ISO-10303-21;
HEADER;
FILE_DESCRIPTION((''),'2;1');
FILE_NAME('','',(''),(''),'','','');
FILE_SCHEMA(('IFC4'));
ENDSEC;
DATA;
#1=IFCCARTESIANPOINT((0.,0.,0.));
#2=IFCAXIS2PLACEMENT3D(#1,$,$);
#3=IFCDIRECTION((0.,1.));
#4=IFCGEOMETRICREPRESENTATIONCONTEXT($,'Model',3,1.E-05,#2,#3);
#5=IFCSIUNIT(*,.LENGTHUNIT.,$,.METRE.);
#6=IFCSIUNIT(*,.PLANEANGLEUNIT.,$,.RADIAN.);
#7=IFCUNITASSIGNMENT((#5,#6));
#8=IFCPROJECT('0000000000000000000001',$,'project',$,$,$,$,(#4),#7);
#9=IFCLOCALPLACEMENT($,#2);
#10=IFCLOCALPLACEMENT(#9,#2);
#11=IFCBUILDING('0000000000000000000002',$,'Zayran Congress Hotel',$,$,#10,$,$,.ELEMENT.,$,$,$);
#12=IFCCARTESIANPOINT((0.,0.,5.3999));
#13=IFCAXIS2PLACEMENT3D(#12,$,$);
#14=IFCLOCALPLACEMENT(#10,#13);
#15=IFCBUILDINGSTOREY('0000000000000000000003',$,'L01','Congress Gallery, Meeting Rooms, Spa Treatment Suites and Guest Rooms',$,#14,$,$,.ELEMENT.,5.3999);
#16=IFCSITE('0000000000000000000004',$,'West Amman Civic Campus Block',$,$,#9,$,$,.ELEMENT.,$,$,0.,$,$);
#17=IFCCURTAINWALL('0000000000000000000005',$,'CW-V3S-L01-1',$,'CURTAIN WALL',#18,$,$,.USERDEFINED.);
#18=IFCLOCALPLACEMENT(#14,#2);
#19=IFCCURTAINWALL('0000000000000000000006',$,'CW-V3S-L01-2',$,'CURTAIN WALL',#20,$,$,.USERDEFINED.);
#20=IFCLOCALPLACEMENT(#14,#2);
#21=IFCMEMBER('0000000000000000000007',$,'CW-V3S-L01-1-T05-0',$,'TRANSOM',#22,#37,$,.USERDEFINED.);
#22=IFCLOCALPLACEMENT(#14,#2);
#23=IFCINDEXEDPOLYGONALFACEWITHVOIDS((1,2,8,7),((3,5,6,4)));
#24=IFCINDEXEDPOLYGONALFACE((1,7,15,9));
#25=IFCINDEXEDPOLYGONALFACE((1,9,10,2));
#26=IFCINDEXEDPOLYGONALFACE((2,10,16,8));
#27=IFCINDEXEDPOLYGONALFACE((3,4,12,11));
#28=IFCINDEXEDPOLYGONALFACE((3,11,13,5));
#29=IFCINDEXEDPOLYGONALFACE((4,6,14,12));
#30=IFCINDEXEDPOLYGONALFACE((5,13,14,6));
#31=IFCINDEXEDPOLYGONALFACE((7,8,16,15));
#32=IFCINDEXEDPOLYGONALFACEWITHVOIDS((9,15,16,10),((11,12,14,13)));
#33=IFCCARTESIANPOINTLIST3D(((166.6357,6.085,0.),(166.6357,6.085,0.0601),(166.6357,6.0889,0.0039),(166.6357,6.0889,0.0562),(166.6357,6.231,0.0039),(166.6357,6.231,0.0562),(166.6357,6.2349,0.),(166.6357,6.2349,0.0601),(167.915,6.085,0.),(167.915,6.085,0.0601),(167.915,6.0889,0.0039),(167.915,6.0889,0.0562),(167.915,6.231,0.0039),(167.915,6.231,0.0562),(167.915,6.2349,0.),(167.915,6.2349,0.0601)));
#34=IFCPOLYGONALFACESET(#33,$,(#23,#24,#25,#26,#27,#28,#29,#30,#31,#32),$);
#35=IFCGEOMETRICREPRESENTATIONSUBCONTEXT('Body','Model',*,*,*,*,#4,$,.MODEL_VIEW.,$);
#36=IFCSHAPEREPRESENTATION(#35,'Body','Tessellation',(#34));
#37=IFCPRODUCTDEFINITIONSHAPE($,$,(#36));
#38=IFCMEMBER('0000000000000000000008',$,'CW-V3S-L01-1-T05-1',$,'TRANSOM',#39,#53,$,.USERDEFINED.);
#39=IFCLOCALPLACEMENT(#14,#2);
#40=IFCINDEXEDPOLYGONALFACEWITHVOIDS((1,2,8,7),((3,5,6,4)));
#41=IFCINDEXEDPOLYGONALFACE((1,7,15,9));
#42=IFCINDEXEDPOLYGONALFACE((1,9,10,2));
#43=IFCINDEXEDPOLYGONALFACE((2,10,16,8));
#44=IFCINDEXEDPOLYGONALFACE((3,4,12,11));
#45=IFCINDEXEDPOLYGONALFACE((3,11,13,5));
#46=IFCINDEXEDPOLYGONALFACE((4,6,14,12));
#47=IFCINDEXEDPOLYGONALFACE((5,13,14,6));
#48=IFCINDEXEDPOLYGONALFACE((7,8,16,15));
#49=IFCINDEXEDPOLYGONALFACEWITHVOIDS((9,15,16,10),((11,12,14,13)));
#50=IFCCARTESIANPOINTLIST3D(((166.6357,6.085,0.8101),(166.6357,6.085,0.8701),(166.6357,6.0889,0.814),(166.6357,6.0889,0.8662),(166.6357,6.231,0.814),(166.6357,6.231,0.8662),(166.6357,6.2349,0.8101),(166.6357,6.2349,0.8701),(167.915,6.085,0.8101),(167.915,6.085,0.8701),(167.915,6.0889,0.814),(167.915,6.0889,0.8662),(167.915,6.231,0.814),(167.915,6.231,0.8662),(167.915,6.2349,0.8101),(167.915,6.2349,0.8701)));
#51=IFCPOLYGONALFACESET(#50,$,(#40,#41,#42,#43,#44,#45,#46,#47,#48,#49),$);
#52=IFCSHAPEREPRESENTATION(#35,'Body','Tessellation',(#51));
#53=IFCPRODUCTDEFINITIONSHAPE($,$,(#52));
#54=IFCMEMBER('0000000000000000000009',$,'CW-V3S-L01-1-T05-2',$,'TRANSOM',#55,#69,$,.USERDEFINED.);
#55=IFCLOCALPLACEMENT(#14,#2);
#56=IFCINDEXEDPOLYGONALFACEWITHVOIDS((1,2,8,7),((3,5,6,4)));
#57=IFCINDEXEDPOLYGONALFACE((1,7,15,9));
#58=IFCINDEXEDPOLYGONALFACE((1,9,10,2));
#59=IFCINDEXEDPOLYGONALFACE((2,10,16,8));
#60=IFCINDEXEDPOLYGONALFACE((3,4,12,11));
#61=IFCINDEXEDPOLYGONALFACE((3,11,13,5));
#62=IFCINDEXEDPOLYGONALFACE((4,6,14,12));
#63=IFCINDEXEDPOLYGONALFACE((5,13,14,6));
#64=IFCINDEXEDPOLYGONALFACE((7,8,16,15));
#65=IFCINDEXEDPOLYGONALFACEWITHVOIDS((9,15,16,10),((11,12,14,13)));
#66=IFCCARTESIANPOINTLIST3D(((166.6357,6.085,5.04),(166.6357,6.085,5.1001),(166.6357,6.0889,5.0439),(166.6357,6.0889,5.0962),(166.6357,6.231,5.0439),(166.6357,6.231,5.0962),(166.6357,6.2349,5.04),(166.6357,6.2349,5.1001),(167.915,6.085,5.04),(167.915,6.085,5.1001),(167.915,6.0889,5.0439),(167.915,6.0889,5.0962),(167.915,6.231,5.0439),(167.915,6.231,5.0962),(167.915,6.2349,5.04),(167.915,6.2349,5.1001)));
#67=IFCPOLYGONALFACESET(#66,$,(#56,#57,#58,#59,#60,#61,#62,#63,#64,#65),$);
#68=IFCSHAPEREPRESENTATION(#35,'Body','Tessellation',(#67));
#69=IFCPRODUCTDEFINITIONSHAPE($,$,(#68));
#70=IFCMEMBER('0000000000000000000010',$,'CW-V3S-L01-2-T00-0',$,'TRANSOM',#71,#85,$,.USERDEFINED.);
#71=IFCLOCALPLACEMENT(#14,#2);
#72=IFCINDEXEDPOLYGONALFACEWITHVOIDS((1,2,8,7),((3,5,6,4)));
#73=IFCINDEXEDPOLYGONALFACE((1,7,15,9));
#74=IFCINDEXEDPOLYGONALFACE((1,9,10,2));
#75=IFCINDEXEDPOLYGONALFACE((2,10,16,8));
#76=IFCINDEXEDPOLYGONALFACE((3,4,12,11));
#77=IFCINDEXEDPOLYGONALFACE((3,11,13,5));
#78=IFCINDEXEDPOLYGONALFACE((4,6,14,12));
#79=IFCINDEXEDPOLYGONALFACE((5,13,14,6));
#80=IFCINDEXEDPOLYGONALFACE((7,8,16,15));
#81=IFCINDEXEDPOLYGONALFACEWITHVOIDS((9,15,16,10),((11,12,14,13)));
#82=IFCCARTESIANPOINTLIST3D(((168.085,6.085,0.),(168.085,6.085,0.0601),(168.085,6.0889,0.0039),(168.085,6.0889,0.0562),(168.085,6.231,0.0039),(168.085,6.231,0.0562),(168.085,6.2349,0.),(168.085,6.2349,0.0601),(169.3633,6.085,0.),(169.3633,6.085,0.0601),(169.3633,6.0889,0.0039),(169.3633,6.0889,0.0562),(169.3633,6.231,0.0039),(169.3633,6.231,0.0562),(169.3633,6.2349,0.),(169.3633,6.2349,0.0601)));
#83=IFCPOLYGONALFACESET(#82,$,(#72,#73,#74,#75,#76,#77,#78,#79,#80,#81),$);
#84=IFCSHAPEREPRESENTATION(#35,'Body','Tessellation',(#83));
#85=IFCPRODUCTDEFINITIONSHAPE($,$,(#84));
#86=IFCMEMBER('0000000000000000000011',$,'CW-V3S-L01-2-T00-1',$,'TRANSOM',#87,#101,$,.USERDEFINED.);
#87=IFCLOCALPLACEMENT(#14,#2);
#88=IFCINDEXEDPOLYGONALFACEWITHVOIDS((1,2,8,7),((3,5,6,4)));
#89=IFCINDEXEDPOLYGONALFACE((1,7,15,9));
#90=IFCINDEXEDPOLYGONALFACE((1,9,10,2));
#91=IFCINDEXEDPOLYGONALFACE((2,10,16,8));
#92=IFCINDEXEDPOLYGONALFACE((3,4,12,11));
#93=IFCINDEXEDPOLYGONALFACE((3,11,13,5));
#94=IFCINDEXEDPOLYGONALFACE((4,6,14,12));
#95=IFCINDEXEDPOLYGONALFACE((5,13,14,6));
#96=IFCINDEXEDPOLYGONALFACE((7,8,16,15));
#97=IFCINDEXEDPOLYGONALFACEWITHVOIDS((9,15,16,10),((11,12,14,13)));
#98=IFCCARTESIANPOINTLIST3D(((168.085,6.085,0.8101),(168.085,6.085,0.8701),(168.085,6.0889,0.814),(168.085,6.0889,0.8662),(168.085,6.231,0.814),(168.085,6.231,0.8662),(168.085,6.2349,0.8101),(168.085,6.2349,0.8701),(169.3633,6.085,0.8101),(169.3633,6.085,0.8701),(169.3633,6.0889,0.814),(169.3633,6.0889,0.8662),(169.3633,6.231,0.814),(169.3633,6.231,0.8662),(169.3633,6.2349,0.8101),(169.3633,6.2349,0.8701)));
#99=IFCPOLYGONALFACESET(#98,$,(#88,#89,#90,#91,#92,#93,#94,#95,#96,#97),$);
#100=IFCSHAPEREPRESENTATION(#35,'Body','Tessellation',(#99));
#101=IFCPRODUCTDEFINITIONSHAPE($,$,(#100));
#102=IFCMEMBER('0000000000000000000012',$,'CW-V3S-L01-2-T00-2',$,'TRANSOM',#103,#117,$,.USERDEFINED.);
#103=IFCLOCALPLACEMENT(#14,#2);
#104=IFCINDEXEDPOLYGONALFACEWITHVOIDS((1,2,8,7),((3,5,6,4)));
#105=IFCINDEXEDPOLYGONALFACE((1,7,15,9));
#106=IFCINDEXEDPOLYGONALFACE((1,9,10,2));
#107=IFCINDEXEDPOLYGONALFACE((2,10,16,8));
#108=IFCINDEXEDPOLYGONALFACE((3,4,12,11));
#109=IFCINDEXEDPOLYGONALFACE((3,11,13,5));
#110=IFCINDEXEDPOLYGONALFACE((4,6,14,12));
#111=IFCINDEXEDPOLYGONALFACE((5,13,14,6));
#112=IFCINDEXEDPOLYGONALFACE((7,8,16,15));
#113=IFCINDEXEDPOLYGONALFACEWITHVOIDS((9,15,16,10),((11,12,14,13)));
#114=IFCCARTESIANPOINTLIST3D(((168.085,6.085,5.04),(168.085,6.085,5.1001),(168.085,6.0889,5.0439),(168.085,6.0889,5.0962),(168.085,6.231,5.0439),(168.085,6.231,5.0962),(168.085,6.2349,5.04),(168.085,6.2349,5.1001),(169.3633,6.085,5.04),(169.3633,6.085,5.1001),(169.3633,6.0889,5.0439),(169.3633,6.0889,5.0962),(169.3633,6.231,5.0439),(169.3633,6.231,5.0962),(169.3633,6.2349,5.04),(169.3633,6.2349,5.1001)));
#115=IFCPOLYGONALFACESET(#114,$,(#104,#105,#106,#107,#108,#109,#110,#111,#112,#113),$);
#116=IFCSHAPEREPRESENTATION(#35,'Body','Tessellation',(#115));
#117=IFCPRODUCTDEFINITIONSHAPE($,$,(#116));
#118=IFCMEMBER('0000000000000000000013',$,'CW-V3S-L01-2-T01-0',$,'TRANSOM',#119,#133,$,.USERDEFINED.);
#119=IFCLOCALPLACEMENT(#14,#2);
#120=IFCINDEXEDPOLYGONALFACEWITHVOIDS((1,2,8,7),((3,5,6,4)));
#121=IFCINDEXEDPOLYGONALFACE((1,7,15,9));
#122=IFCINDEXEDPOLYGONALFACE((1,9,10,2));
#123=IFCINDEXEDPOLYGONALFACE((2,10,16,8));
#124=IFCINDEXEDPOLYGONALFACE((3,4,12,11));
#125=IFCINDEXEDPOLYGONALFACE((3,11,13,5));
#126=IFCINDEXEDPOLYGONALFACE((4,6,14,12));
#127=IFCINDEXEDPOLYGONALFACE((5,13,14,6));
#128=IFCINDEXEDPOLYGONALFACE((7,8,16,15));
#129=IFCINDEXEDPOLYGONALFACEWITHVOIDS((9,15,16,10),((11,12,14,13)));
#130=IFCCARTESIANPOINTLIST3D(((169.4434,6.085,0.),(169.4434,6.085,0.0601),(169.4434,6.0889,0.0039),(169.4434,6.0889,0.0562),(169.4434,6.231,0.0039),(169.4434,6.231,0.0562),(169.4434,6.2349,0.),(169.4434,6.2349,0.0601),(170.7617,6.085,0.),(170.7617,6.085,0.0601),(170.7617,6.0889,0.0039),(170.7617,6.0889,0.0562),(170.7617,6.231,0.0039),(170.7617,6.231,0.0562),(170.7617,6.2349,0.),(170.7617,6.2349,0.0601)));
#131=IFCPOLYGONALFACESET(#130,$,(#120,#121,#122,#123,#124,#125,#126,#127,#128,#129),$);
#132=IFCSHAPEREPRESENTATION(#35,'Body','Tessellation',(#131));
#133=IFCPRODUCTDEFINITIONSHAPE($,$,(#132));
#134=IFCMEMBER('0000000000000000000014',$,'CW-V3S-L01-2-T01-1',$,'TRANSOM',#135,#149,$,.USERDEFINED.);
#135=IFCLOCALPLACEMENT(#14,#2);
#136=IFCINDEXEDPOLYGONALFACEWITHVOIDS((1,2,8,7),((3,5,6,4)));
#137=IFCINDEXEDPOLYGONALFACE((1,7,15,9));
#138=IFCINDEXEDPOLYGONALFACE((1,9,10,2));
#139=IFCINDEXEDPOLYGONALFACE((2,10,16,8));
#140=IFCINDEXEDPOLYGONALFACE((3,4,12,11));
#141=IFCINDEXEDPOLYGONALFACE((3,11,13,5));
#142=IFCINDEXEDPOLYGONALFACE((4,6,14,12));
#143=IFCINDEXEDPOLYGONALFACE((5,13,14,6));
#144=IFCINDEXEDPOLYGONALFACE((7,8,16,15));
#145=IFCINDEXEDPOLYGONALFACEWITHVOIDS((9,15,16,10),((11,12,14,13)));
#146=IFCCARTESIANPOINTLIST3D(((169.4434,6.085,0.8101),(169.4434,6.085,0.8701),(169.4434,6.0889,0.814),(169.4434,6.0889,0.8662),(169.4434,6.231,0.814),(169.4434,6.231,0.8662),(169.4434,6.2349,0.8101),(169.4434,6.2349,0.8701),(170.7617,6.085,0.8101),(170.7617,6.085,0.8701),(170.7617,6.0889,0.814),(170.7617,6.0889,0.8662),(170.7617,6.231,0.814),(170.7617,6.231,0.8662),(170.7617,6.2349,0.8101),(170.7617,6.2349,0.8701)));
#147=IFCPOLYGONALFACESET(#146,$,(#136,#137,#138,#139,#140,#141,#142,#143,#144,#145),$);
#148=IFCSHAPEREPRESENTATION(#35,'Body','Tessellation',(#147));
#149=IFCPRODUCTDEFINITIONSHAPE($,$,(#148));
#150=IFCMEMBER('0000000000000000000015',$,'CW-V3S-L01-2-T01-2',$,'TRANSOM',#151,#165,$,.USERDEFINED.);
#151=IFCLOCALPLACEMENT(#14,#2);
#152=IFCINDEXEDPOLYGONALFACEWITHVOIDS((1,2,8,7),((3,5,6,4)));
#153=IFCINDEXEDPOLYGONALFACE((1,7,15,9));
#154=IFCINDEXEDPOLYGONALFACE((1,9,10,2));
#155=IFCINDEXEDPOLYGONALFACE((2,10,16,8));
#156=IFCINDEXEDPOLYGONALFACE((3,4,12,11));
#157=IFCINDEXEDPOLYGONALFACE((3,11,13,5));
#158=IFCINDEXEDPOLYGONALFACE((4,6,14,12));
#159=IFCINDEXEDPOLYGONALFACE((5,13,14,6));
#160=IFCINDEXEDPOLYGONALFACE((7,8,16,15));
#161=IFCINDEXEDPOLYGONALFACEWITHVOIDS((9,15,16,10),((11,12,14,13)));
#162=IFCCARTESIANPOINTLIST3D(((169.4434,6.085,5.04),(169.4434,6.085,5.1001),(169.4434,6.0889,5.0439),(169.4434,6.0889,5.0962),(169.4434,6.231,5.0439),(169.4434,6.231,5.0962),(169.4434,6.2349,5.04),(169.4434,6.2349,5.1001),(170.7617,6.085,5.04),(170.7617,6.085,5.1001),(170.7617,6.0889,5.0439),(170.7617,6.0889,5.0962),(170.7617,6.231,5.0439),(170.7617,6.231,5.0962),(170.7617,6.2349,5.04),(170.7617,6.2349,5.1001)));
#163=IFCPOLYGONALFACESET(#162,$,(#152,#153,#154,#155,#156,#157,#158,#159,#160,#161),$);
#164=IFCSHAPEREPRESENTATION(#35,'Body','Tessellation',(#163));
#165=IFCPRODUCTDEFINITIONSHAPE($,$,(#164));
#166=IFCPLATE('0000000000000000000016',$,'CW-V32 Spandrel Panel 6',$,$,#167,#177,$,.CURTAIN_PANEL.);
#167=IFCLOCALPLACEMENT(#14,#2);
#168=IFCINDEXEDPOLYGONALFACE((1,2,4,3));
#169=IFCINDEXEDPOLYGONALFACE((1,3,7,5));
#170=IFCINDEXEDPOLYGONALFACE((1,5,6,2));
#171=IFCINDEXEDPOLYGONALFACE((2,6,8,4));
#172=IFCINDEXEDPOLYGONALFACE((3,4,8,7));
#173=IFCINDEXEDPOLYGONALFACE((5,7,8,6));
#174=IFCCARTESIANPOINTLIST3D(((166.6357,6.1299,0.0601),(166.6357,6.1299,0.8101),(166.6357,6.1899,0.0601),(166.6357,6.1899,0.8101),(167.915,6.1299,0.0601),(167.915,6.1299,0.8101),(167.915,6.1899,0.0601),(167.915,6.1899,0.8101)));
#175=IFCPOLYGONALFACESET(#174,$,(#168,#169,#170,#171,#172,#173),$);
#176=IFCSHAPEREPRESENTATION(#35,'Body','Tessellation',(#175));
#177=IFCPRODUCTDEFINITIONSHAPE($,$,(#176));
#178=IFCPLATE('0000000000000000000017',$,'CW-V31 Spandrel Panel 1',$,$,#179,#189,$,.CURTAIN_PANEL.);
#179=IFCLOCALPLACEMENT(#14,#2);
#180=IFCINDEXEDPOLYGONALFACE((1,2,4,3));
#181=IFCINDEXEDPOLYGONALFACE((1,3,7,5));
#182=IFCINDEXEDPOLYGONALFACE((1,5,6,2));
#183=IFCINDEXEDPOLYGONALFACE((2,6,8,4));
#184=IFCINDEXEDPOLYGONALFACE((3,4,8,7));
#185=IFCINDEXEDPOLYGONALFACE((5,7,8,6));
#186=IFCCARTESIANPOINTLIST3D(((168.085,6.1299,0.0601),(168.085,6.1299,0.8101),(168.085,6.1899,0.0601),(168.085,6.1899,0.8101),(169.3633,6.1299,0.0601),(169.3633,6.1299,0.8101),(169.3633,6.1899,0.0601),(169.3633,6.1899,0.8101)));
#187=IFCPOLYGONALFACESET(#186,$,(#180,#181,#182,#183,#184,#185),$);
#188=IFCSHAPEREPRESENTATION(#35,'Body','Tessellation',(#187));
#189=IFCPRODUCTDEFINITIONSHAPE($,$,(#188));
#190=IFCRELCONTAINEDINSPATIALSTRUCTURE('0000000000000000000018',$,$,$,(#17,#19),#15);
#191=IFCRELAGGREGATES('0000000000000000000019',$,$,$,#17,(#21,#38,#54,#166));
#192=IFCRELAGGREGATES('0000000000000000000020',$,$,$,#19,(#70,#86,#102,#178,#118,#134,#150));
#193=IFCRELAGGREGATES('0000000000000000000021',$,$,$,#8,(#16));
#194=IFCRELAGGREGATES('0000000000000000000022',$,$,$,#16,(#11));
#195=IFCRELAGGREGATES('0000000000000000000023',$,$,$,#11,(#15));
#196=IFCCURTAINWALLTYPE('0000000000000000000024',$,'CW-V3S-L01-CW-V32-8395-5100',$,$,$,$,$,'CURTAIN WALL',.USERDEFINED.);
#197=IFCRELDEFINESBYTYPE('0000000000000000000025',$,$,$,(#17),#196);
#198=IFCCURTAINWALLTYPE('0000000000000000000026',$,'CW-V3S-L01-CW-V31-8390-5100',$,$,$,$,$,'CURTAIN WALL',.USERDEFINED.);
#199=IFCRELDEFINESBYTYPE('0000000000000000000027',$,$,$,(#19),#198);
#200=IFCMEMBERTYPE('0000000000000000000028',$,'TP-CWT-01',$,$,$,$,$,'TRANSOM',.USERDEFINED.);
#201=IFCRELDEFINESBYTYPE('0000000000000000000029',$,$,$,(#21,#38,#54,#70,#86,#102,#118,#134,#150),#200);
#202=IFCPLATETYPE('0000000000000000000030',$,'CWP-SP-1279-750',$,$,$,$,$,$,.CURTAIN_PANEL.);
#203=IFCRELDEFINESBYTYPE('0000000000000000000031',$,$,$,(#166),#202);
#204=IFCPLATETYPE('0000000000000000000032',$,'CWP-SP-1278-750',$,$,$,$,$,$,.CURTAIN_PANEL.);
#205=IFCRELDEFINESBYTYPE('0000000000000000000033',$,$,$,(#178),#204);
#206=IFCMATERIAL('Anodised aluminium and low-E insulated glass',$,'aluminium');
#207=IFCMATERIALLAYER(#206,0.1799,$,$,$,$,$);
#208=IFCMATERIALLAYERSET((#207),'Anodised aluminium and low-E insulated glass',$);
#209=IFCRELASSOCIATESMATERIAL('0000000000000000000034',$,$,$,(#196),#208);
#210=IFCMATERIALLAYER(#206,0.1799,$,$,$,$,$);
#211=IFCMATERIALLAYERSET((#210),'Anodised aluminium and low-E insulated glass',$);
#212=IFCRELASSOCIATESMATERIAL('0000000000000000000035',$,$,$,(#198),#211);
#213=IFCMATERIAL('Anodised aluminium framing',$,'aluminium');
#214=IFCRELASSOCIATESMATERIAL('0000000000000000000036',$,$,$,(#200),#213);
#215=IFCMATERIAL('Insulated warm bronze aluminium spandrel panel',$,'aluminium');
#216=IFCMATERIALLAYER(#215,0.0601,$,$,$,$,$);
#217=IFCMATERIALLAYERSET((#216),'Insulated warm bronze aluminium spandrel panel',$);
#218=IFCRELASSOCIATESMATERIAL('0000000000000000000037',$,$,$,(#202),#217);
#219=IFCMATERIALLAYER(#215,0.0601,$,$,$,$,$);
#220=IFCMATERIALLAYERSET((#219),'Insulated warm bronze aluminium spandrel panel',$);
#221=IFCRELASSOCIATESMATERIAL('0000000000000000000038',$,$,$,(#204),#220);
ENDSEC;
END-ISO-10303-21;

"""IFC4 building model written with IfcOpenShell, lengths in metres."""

from ifc_helpers import new_model, si_unit, direction, frame, origin, origin_2d, place, context, subcontext, project, spatial, rectangle, hollow_rectangle, extrude, material, layer, layer_set, material_profile, profile_set, type_object, element, aggregate, save


model = new_model("IFC4")

# Units and contexts
model_context = context("Model", 3, precision=1e-05, world=origin(), true_north=direction((0.0, 1.0)))
body_context = subcontext(model_context, "Body", "Model", "MODEL_VIEW")
ifc_project = project(units=[si_unit("LENGTHUNIT", "METRE"), si_unit("PLANEANGLEUNIT", "RADIAN")], contexts=[model_context])

# Site, building, storey
site_placement = place(None, origin())
site = spatial("IfcSite", under=ifc_project, at=site_placement, Name="West Amman Civic Campus Block", CompositionType="ELEMENT", RefElevation=0.0)
building_placement = place(site_placement, origin())
building = spatial("IfcBuilding", under=site, at=building_placement, Name="Zayran Congress Hotel", CompositionType="ELEMENT")
storey_placement = place(building_placement, frame((0.0, 0.0, 5.3999)))
storey = spatial("IfcBuildingStorey", under=building, at=storey_placement, Name="L01", Description="Congress Gallery, Meeting Rooms, Spa Treatment Suites and Guest Rooms", CompositionType="ELEMENT", Elevation=5.3999)

# Curtain wall
ifc_material_1 = material(Name="Anodised aluminium and low-E insulated glass", Category="aluminium")
ifc_layer_1 = layer(ifc_material_1, 0.1799)
ifc_layer_set_1 = layer_set([ifc_layer_1], Name="Anodised aluminium and low-E insulated glass")
curtain_wall_type_1 = type_object("IfcCurtainWallType", Name="CW-V3S-L01-CW-V32-8395-5100", ElementType="CURTAIN WALL", PredefinedType="USERDEFINED", material=ifc_layer_set_1)
curtain_wall_1_placement = place(storey_placement, origin())
curtain_wall_1 = element("IfcCurtainWall", 1, at=curtain_wall_1_placement, inside=storey, type_object=curtain_wall_type_1, Name="CW-V3S-L01-1", ObjectType="CURTAIN WALL", PredefinedType="USERDEFINED")
ifc_material_2 = material(Name="Anodised aluminium framing", Category="aluminium")

# Curtain wall
ifc_layer_2 = layer(ifc_material_1, 0.1799)
ifc_layer_set_2 = layer_set([ifc_layer_2], Name="Anodised aluminium and low-E insulated glass")
curtain_wall_type_2 = type_object("IfcCurtainWallType", Name="CW-V3S-L01-CW-V31-8390-5100", ElementType="CURTAIN WALL", PredefinedType="USERDEFINED", material=ifc_layer_set_2)
curtain_wall_2_placement = place(storey_placement, origin())
curtain_wall_2 = element("IfcCurtainWall", 2, at=curtain_wall_2_placement, inside=storey, type_object=curtain_wall_type_2, Name="CW-V3S-L01-2", ObjectType="CURTAIN WALL", PredefinedType="USERDEFINED")

# Members
ifc_material_profile_1 = material_profile(ifc_material_2, hollow_rectangle(XDim=0.0601, YDim=0.1499, WallThickness=0.0039, at=origin_2d()), Name="RHS 150x60x4")
ifc_profile_set_1 = profile_set([ifc_material_profile_1], Name="Anodised aluminium framing")
member_type_1 = type_object("IfcMemberType", Name="TP-CWT-01", ElementType="TRANSOM", PredefinedType="USERDEFINED", material=ifc_profile_set_1)
member_1_placement = place(storey_placement, frame((166.6357, 6.1599, 0.03), z_axis=(1.0, 0.0, 0.0), x_axis=(0.0, 0.0, 1.0)))
member_1 = element("IfcMember", 3, at=member_1_placement, type_object=member_type_1, Name="CW-V3S-L01-1-T05-0", ObjectType="TRANSOM", PredefinedType="USERDEFINED", context=body_context, shape_type="SweptSolid", body=[
    extrude(hollow_rectangle(XDim=0.0601, YDim=0.1499, WallThickness=0.0039, at=origin_2d()), origin(), (0.0, 0.0, 1.0), 1.2793),
])
member_2_placement = place(storey_placement, frame((166.6357, 6.1599, 0.8401), z_axis=(1.0, 0.0, 0.0), x_axis=(0.0, 0.0, 1.0)))
member_2 = element("IfcMember", 4, at=member_2_placement, type_object=member_type_1, Name="CW-V3S-L01-1-T05-1", ObjectType="TRANSOM", PredefinedType="USERDEFINED", context=body_context, shape_type="SweptSolid", body=[
    extrude(hollow_rectangle(XDim=0.0601, YDim=0.1499, WallThickness=0.0039, at=origin_2d()), origin(), (0.0, 0.0, 1.0), 1.2793),
])
member_3_placement = place(storey_placement, frame((166.6357, 6.1599, 5.0701), z_axis=(1.0, 0.0, 0.0), x_axis=(0.0, 0.0, 1.0)))
member_3 = element("IfcMember", 5, at=member_3_placement, type_object=member_type_1, Name="CW-V3S-L01-1-T05-2", ObjectType="TRANSOM", PredefinedType="USERDEFINED", context=body_context, shape_type="SweptSolid", body=[
    extrude(hollow_rectangle(XDim=0.0601, YDim=0.1499, WallThickness=0.0039, at=origin_2d()), origin(), (0.0, 0.0, 1.0), 1.2793),
])
member_4_placement = place(storey_placement, frame((168.085, 6.1599, 0.03), z_axis=(1.0, 0.0, 0.0), x_axis=(0.0, 0.0, 1.0)))
member_4 = element("IfcMember", 6, at=member_4_placement, type_object=member_type_1, Name="CW-V3S-L01-2-T00-0", ObjectType="TRANSOM", PredefinedType="USERDEFINED", context=body_context, shape_type="SweptSolid", body=[
    extrude(hollow_rectangle(XDim=0.0601, YDim=0.1499, WallThickness=0.0039, at=origin_2d()), origin(), (0.0, 0.0, 1.0), 1.2783),
])
member_5_placement = place(storey_placement, frame((168.085, 6.1599, 0.8401), z_axis=(1.0, 0.0, 0.0), x_axis=(0.0, 0.0, 1.0)))
member_5 = element("IfcMember", 7, at=member_5_placement, type_object=member_type_1, Name="CW-V3S-L01-2-T00-1", ObjectType="TRANSOM", PredefinedType="USERDEFINED", context=body_context, shape_type="SweptSolid", body=[
    extrude(hollow_rectangle(XDim=0.0601, YDim=0.1499, WallThickness=0.0039, at=origin_2d()), origin(), (0.0, 0.0, 1.0), 1.2783),
])
member_6_placement = place(storey_placement, frame((168.085, 6.1599, 5.0701), z_axis=(1.0, 0.0, 0.0), x_axis=(0.0, 0.0, 1.0)))
member_6 = element("IfcMember", 8, at=member_6_placement, type_object=member_type_1, Name="CW-V3S-L01-2-T00-2", ObjectType="TRANSOM", PredefinedType="USERDEFINED", context=body_context, shape_type="SweptSolid", body=[
    extrude(hollow_rectangle(XDim=0.0601, YDim=0.1499, WallThickness=0.0039, at=origin_2d()), origin(), (0.0, 0.0, 1.0), 1.2783),
])
member_7_placement = place(storey_placement, frame((169.4434, 6.1599, 0.03), z_axis=(1.0, 0.0, 0.0), x_axis=(0.0, 0.0, 1.0)))
member_7 = element("IfcMember", 9, at=member_7_placement, type_object=member_type_1, Name="CW-V3S-L01-2-T01-0", ObjectType="TRANSOM", PredefinedType="USERDEFINED", context=body_context, shape_type="SweptSolid", body=[
    extrude(hollow_rectangle(XDim=0.0601, YDim=0.1499, WallThickness=0.0039, at=origin_2d()), origin(), (0.0, 0.0, 1.0), 1.3184),
])
member_8_placement = place(storey_placement, frame((169.4434, 6.1599, 0.8401), z_axis=(1.0, 0.0, 0.0), x_axis=(0.0, 0.0, 1.0)))
member_8 = element("IfcMember", 10, at=member_8_placement, type_object=member_type_1, Name="CW-V3S-L01-2-T01-1", ObjectType="TRANSOM", PredefinedType="USERDEFINED", context=body_context, shape_type="SweptSolid", body=[
    extrude(hollow_rectangle(XDim=0.0601, YDim=0.1499, WallThickness=0.0039, at=origin_2d()), origin(), (0.0, 0.0, 1.0), 1.3184),
])
member_9_placement = place(storey_placement, frame((169.4434, 6.1599, 5.0701), z_axis=(1.0, 0.0, 0.0), x_axis=(0.0, 0.0, 1.0)))
member_9 = element("IfcMember", 11, at=member_9_placement, type_object=member_type_1, Name="CW-V3S-L01-2-T01-2", ObjectType="TRANSOM", PredefinedType="USERDEFINED", context=body_context, shape_type="SweptSolid", body=[
    extrude(hollow_rectangle(XDim=0.0601, YDim=0.1499, WallThickness=0.0039, at=origin_2d()), origin(), (0.0, 0.0, 1.0), 1.3184),
])

# Plates
ifc_material_3 = material(Name="Insulated warm bronze aluminium spandrel panel", Category="aluminium")
ifc_layer_3 = layer(ifc_material_3, 0.0601)
ifc_layer_set_3 = layer_set([ifc_layer_3], Name="Insulated warm bronze aluminium spandrel panel")
plate_type_1 = type_object("IfcPlateType", Name="CWP-SP-1279-750", PredefinedType="CURTAIN_PANEL", material=ifc_layer_set_3)
plate_1_placement = place(storey_placement, frame((167.2754, 6.1599, 0.0601), z_axis=(0.0, 0.0, 1.0), x_axis=(1.0, 0.0, 0.0)))
plate_1 = element("IfcPlate", 12, at=plate_1_placement, type_object=plate_type_1, Name="CW-V32 Spandrel Panel 6", PredefinedType="CURTAIN_PANEL", context=body_context, shape_type="SweptSolid", body=[
    extrude(rectangle(XDim=1.2793, YDim=0.0601, at=origin_2d()), origin(), (0.0, 0.0, 1.0), 0.75),
])
ifc_layer_4 = layer(ifc_material_3, 0.0601)
ifc_layer_set_4 = layer_set([ifc_layer_4], Name="Insulated warm bronze aluminium spandrel panel")
plate_type_2 = type_object("IfcPlateType", Name="CWP-SP-1278-750", PredefinedType="CURTAIN_PANEL", material=ifc_layer_set_4)
plate_2_placement = place(storey_placement, frame((168.7241, 6.1599, 0.0601), z_axis=(0.0, 0.0, 1.0), x_axis=(1.0, 0.0, 0.0)))
plate_2 = element("IfcPlate", 13, at=plate_2_placement, type_object=plate_type_2, Name="CW-V31 Spandrel Panel 1", PredefinedType="CURTAIN_PANEL", context=body_context, shape_type="SweptSolid", body=[
    extrude(rectangle(XDim=1.2783, YDim=0.0601, at=origin_2d()), origin(), (0.0, 0.0, 1.0), 0.75),
])
aggregate(curtain_wall_1, [member_1, member_2, member_3, plate_1])
aggregate(curtain_wall_2, [member_4, member_5, member_6, plate_2, member_7, member_8, member_9])

save(model, "model.ifc")
